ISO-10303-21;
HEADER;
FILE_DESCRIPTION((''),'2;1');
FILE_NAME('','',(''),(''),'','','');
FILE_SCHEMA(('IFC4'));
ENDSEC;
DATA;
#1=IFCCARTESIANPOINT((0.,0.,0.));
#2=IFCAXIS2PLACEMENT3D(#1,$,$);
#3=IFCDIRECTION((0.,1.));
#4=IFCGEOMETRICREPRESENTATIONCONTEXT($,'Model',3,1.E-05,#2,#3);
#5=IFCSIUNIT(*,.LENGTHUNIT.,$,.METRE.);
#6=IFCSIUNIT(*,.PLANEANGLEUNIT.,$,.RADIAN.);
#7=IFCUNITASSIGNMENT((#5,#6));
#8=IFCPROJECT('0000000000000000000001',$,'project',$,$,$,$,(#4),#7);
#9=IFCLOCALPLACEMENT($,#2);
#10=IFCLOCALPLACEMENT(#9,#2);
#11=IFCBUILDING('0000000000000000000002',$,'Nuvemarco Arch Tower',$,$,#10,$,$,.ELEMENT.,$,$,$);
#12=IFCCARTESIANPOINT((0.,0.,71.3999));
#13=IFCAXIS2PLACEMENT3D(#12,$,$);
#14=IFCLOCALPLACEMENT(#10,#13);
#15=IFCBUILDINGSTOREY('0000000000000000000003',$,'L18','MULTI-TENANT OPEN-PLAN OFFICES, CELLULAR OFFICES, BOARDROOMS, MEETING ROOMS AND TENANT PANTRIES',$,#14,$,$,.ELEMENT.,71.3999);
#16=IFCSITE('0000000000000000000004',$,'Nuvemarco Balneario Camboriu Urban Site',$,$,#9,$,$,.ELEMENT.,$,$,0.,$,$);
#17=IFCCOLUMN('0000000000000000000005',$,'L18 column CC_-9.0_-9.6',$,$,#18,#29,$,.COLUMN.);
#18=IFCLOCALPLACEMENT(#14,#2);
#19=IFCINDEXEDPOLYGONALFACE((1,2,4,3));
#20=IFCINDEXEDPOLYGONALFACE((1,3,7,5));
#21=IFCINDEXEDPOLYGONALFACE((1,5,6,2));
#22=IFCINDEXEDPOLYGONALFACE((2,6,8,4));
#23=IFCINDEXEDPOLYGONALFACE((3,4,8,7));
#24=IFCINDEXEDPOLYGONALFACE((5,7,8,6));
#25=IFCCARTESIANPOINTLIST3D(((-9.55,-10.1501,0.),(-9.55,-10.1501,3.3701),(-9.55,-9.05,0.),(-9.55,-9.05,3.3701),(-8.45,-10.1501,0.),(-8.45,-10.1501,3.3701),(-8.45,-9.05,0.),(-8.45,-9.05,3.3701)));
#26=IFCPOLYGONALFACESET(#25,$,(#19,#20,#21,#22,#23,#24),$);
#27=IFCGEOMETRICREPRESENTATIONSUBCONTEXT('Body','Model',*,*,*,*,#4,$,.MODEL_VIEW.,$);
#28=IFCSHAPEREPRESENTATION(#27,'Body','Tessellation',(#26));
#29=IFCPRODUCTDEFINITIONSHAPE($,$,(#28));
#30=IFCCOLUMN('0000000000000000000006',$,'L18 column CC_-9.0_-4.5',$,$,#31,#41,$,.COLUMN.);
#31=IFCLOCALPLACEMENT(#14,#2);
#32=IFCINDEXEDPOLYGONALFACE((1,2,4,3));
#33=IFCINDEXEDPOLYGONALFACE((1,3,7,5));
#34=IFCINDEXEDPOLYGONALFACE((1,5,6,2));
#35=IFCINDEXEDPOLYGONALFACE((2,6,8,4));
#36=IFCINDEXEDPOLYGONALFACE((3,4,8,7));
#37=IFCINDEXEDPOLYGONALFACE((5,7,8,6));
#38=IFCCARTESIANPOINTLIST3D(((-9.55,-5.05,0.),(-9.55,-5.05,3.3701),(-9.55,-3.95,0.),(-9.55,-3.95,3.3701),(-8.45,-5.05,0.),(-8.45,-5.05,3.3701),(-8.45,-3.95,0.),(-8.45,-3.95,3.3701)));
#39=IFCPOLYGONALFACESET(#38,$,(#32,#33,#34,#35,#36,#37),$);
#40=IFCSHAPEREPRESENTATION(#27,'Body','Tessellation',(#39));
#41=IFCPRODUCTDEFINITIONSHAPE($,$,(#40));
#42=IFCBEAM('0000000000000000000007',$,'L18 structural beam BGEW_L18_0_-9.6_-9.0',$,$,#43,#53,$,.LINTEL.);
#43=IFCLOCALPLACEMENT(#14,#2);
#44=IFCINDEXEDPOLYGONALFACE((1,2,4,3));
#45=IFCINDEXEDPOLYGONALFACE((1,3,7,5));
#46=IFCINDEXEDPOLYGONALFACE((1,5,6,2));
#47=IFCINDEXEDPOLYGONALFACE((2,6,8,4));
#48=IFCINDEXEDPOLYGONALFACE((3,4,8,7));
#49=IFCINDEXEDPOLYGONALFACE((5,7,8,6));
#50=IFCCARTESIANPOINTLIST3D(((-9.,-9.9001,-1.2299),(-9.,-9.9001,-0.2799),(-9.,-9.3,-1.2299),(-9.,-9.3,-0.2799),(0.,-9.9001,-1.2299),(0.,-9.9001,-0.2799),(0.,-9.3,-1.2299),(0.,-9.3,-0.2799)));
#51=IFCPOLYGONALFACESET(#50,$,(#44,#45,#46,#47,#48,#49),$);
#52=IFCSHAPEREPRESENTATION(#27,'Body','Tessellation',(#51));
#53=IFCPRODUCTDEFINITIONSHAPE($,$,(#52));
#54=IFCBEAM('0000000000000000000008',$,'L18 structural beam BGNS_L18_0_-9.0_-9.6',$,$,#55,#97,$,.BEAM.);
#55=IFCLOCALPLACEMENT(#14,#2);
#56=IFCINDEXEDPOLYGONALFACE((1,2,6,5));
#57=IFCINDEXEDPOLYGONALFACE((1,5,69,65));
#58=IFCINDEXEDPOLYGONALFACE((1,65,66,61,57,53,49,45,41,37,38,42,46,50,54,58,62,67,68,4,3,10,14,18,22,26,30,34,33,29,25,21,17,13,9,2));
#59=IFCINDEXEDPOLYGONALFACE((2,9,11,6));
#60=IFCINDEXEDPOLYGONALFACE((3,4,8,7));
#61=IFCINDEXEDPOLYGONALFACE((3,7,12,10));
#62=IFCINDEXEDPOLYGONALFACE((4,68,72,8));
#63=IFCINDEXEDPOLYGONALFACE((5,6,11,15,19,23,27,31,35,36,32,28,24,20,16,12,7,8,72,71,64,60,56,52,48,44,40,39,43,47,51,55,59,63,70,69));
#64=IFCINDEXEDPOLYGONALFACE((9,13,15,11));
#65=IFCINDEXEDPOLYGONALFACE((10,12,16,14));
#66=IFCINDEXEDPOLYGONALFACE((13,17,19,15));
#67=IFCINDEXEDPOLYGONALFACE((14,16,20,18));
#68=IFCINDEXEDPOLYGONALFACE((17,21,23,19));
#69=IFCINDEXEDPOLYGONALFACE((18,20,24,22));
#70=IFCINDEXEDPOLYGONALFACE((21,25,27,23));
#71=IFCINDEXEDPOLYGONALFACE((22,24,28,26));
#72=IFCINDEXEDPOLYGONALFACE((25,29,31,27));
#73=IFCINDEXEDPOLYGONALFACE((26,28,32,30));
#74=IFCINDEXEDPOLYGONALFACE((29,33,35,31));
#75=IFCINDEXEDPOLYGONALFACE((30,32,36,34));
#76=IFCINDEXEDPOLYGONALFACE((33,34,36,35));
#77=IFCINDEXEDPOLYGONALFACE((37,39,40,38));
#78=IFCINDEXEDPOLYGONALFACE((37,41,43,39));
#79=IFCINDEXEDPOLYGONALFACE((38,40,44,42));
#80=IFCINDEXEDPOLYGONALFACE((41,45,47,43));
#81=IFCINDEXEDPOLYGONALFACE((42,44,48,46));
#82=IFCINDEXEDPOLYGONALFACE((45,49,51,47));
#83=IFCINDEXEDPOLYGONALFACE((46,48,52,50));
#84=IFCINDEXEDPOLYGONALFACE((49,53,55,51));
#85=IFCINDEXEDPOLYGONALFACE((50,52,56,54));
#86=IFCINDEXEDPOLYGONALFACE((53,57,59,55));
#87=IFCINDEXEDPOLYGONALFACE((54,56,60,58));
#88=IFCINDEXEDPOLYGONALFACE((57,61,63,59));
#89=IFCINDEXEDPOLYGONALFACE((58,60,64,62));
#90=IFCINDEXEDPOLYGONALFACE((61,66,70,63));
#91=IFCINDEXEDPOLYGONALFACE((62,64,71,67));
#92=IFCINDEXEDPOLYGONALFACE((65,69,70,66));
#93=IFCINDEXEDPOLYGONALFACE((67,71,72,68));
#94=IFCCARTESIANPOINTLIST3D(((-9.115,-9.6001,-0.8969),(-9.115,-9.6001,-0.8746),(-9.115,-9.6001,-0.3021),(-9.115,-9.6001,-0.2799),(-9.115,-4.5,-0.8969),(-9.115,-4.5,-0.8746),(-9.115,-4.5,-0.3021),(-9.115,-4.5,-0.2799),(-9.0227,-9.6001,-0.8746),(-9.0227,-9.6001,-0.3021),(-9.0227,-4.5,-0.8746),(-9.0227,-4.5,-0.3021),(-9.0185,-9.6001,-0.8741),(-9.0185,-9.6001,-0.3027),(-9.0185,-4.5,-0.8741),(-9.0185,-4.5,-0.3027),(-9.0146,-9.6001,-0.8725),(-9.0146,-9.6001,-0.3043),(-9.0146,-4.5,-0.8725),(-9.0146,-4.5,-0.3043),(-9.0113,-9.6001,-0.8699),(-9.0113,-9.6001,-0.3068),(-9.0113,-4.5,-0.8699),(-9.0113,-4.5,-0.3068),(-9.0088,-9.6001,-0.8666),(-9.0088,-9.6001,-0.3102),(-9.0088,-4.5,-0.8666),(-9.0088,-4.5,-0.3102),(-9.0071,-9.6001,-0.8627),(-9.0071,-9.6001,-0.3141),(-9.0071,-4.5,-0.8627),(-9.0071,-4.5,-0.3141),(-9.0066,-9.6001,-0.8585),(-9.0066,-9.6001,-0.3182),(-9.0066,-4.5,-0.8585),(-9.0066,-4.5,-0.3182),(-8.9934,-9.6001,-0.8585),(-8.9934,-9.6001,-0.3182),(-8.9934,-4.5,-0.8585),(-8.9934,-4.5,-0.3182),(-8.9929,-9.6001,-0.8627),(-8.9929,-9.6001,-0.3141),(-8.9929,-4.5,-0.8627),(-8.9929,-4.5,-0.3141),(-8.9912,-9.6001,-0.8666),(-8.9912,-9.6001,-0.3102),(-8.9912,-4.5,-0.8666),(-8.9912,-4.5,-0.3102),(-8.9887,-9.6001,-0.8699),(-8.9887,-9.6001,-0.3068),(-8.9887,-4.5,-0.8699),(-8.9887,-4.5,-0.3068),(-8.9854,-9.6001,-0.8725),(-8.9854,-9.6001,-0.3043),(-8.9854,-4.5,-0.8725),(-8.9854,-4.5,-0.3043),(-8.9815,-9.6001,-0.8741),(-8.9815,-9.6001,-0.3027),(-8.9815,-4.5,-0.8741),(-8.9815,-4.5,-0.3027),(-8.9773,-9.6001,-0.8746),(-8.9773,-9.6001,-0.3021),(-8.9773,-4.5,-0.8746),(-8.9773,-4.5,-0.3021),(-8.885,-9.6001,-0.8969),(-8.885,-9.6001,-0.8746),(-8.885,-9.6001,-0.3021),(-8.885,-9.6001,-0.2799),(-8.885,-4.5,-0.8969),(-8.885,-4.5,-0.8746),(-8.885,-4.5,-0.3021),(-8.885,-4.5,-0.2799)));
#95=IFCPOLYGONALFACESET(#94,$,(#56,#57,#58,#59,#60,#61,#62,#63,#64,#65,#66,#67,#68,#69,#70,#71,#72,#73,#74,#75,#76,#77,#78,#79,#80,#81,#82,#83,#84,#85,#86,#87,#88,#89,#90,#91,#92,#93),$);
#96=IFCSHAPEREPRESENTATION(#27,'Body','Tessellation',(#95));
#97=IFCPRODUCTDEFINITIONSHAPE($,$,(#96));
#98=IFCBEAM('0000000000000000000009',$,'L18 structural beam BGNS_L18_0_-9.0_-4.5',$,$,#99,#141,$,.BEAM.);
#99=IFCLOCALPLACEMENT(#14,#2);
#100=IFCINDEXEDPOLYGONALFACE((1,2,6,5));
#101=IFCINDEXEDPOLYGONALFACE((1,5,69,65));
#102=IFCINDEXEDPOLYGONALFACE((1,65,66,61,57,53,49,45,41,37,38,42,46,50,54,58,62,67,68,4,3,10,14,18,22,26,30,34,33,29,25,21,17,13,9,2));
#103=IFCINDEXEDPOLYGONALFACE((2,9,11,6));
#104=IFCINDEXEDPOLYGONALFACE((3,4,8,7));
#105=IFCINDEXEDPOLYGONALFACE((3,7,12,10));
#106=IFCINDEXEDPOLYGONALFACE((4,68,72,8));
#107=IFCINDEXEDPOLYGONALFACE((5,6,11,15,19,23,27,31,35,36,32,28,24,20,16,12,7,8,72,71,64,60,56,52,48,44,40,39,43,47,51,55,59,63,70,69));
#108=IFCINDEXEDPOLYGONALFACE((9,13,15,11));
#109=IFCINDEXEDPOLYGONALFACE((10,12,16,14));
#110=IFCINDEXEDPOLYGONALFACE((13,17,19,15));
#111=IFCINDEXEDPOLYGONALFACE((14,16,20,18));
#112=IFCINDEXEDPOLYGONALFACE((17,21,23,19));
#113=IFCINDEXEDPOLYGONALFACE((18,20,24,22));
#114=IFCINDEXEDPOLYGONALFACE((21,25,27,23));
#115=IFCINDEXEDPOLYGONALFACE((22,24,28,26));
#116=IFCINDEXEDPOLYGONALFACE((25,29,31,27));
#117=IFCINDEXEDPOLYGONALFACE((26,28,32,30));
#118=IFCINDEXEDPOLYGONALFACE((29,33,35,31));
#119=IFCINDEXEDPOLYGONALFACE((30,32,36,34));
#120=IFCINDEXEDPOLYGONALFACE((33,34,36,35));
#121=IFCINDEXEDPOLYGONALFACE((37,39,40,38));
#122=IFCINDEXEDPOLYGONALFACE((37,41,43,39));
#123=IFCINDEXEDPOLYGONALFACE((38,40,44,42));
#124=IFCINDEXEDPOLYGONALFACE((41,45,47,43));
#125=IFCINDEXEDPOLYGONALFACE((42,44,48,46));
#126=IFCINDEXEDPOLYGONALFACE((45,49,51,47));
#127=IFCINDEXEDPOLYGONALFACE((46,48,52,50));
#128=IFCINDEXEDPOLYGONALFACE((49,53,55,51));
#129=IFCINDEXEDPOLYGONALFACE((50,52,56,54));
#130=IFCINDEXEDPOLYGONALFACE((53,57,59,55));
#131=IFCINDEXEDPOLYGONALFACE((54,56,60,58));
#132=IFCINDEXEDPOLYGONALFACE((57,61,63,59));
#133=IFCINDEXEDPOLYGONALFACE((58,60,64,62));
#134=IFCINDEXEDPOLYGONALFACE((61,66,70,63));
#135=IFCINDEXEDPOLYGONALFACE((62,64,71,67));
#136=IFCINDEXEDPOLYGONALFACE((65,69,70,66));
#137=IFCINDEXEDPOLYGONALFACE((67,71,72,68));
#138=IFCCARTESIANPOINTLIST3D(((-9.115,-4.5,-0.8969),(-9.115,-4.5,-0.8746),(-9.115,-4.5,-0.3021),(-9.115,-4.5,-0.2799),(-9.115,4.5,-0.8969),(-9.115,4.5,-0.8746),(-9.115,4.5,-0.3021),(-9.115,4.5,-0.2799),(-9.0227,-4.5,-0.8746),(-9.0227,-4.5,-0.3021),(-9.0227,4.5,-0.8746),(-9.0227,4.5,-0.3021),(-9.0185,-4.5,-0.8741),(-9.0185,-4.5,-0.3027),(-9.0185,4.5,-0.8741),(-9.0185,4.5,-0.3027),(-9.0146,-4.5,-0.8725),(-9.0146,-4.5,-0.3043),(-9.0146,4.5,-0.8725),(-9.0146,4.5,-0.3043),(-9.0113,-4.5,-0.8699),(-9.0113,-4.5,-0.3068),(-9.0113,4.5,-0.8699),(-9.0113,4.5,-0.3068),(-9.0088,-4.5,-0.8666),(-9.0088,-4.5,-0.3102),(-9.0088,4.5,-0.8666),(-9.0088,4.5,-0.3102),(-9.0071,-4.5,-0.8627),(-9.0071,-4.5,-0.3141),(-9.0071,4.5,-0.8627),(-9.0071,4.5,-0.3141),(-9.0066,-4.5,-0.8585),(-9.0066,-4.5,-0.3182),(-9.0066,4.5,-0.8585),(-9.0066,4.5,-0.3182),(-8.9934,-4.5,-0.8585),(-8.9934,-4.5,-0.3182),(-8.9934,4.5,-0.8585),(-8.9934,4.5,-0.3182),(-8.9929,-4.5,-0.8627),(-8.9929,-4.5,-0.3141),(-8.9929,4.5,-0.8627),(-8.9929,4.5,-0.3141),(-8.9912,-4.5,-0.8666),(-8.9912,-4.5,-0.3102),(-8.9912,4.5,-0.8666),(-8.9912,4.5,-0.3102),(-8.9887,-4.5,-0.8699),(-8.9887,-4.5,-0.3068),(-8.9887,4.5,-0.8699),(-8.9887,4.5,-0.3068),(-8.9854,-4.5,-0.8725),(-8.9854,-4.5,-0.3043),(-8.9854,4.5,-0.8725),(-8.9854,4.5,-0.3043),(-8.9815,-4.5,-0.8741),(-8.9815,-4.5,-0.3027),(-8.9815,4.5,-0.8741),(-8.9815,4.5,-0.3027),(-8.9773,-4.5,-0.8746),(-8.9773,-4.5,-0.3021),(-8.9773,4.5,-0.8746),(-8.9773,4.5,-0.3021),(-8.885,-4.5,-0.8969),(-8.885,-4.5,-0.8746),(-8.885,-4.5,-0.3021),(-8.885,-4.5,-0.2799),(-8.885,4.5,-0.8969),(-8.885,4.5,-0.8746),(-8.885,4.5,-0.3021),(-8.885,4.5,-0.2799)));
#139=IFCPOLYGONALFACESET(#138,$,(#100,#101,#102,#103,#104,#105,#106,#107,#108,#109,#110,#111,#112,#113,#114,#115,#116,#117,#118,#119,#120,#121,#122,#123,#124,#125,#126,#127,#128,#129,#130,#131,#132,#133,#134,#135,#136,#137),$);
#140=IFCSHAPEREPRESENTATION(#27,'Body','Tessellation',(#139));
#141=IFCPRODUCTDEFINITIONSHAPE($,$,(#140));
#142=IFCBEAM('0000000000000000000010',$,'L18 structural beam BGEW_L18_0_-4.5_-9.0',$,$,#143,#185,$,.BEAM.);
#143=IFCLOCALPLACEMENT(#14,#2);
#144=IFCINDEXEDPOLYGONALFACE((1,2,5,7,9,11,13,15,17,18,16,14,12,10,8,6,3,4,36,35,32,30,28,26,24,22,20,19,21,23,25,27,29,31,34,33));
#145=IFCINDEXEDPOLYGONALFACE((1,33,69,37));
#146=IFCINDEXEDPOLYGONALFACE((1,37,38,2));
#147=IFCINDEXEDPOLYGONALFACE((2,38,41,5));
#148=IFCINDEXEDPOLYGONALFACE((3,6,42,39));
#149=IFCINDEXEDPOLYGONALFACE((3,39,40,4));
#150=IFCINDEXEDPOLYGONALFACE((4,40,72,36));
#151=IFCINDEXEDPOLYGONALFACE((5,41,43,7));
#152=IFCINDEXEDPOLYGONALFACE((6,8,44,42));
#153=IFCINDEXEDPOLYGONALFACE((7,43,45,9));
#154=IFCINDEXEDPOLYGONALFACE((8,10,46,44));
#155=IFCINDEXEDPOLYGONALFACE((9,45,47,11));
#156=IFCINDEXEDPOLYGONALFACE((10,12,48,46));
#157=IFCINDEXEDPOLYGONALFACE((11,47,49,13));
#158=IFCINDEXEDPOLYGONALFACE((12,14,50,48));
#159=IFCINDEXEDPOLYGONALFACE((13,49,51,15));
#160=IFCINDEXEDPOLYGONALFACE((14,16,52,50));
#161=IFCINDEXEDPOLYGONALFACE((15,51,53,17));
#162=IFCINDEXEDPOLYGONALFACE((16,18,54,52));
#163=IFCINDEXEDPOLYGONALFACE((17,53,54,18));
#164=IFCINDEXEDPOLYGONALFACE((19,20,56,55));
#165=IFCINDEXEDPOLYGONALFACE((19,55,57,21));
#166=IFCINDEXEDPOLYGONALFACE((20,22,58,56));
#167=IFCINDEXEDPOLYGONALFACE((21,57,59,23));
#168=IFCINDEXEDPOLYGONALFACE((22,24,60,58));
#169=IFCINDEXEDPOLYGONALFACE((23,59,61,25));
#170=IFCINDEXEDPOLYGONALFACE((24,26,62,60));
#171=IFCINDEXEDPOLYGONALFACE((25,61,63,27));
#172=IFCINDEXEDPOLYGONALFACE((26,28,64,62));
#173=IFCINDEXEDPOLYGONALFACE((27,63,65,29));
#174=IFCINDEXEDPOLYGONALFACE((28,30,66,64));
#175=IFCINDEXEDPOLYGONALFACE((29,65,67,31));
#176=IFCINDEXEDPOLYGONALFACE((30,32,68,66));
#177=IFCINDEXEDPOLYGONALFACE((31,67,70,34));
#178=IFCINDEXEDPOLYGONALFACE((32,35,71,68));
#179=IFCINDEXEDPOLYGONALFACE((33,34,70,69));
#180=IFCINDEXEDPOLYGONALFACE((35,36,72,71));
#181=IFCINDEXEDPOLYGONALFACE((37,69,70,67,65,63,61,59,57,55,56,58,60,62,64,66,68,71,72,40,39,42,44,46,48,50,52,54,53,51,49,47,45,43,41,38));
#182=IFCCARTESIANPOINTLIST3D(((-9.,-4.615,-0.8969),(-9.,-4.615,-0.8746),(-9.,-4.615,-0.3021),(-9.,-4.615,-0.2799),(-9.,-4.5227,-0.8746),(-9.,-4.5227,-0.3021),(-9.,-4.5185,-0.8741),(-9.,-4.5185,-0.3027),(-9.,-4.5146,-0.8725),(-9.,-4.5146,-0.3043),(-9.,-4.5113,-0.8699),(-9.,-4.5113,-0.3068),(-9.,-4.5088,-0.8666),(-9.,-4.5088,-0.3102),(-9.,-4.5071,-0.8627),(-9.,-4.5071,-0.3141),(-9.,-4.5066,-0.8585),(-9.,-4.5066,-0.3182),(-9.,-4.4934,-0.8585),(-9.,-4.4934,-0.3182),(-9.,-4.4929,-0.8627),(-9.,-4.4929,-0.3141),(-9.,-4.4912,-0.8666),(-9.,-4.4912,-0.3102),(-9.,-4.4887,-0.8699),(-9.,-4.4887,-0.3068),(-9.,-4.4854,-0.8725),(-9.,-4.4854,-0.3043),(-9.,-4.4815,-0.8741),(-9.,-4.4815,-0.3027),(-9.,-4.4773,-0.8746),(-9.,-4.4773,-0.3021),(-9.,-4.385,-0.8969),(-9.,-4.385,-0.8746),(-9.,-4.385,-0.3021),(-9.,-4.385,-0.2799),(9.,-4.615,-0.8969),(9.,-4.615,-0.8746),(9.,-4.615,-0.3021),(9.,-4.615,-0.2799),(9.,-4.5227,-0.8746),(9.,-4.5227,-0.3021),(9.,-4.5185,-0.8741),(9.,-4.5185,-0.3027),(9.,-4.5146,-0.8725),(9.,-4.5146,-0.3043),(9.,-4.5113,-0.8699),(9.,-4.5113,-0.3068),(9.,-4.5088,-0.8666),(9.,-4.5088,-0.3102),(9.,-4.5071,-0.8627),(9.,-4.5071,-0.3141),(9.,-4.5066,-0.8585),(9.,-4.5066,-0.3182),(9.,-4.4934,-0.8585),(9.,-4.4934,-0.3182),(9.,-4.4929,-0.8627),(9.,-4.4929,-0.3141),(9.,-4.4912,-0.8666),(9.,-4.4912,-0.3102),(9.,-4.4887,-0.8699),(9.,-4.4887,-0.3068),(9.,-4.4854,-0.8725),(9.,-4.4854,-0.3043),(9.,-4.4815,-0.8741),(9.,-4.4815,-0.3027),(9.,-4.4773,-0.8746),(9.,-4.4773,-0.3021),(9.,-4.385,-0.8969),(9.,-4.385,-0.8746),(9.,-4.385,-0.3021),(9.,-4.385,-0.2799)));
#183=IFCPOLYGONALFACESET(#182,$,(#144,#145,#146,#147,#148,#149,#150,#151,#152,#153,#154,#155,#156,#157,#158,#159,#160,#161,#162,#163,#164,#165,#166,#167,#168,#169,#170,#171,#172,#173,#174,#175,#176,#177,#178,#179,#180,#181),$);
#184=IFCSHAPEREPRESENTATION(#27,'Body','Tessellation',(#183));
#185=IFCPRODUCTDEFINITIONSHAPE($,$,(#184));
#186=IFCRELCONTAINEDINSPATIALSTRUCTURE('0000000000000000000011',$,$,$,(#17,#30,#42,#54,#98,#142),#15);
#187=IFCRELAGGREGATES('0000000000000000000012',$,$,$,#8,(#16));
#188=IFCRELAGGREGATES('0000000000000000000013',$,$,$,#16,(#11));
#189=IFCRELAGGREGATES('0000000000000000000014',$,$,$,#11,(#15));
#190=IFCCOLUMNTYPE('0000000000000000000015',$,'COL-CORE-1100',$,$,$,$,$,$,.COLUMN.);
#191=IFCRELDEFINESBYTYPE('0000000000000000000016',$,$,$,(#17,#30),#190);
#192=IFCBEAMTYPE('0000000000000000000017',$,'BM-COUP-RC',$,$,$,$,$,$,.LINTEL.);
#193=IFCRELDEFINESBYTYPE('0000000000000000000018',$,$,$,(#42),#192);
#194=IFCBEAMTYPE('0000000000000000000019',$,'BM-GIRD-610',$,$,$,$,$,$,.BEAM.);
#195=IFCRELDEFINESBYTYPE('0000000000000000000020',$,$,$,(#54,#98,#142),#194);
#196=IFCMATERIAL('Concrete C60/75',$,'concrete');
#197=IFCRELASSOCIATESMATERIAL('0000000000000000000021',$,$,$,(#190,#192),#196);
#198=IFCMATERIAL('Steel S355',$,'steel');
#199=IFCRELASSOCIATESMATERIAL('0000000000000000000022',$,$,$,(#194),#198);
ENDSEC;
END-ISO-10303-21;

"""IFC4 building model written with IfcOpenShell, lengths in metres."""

from ifc_helpers import new_model, si_unit, direction, frame, origin, origin_2d, place, context, subcontext, project, spatial, rectangle, i_section, extrude, material, material_profile, profile_set, type_object, element, save


model = new_model("IFC4")

# Units and contexts
model_context = context("Model", 3, precision=1e-05, world=origin(), true_north=direction((0.0, 1.0)))
body_context = subcontext(model_context, "Body", "Model", "MODEL_VIEW")
ifc_project = project(units=[si_unit("LENGTHUNIT", "METRE"), si_unit("PLANEANGLEUNIT", "RADIAN")], contexts=[model_context])

# Site, building, storey
site_placement = place(None, origin())
site = spatial("IfcSite", under=ifc_project, at=site_placement, Name="Nuvemarco Balneario Camboriu Urban Site", CompositionType="ELEMENT", RefElevation=0.0)
building_placement = place(site_placement, origin())
building = spatial("IfcBuilding", under=site, at=building_placement, Name="Nuvemarco Arch Tower", CompositionType="ELEMENT")
storey_placement = place(building_placement, frame((0.0, 0.0, 71.3999)))
storey = spatial("IfcBuildingStorey", under=building, at=storey_placement, Name="L18", Description="MULTI-TENANT OPEN-PLAN OFFICES, CELLULAR OFFICES, BOARDROOMS, MEETING ROOMS AND TENANT PANTRIES", CompositionType="ELEMENT", Elevation=71.3999)

# Columns
ifc_material_1 = material(Name="Concrete C60/75", Category="concrete")
ifc_material_profile_1 = material_profile(ifc_material_1, rectangle(XDim=1.1001, YDim=1.1001, at=origin_2d()), Name="RC-COL-1100x1100")
ifc_profile_set_1 = profile_set([ifc_material_profile_1], Name="Concrete C60/75")
column_type = type_object("IfcColumnType", Name="COL-CORE-1100", PredefinedType="COLUMN", material=ifc_profile_set_1)
for number, where, z_axis, x_axis, name in (
    (1, (-9.0, -9.6001, 0.0), (0.0, 0.0, 1.0), (1.0, 0.0, 0.0), "L18 column CC_-9.0_-9.6"),
    (2, (-9.0, -4.5, 0.0), (0.0, 0.0, 1.0), (1.0, 0.0, 0.0), "L18 column CC_-9.0_-4.5"),
):
    element("IfcColumn", number, at=place(storey_placement, frame(where, z_axis=z_axis, x_axis=x_axis)), inside=storey, type_object=column_type, Name=name, PredefinedType="COLUMN", context=body_context, shape_type="SweptSolid", body=[
        extrude(rectangle(XDim=1.1001, YDim=1.1001, at=origin_2d()), origin(), (0.0, 0.0, 1.0), 3.3701),
    ])

# Beams
ifc_material_profile_2 = material_profile(ifc_material_1, rectangle(XDim=0.6001, YDim=0.95, at=origin_2d()), Name="RC-BM-600x950")
ifc_profile_set_2 = profile_set([ifc_material_profile_2], Name="Concrete C60/75")
beam_type_1 = type_object("IfcBeamType", Name="BM-COUP-RC", PredefinedType="LINTEL", material=ifc_profile_set_2)
beam_1_placement = place(storey_placement, frame((-9.0, -9.6001, -0.7549), z_axis=(1.0, 0.0, 0.0), x_axis=(0.0, 1.0, 0.0)))
element("IfcBeam", 3, at=beam_1_placement, inside=storey, type_object=beam_type_1, Name="L18 structural beam BGEW_L18_0_-9.6_-9.0", PredefinedType="LINTEL", context=body_context, shape_type="SweptSolid", body=[
    extrude(rectangle(XDim=0.6001, YDim=0.95, at=origin_2d()), origin(), (0.0, 0.0, 1.0), 9.0),
])
ifc_material_2 = material(Name="Steel S355", Category="steel")
ifc_material_profile_3 = material_profile(ifc_material_2, i_section(OverallWidth=0.23, OverallDepth=0.6169, WebThickness=0.0132, FlangeThickness=0.0222, FilletRadius=0.0161, at=origin_2d()), Name="W610x140")
ifc_profile_set_3 = profile_set([ifc_material_profile_3], Name="Steel S355")
beam_type_2 = type_object("IfcBeamType", Name="BM-GIRD-610", PredefinedType="BEAM", material=ifc_profile_set_3)
beam_2_placement = place(storey_placement, frame((-9.0, -9.6001, -0.5884), z_axis=(0.0, 1.0, 0.0), x_axis=(-1.0, 0.0, 0.0)))
element("IfcBeam", 4, at=beam_2_placement, inside=storey, type_object=beam_type_2, Name="L18 structural beam BGNS_L18_0_-9.0_-9.6", PredefinedType="BEAM", context=body_context, shape_type="SweptSolid", body=[
    extrude(i_section(OverallWidth=0.23, OverallDepth=0.6169, WebThickness=0.0132, FlangeThickness=0.0222, FilletRadius=0.0161, at=origin_2d()), origin(), (0.0, 0.0, 1.0), 5.1001),
])
beam_3_placement = place(storey_placement, frame((-9.0, -4.5, -0.5884), z_axis=(0.0, 1.0, 0.0), x_axis=(-1.0, 0.0, 0.0)))
element("IfcBeam", 5, at=beam_3_placement, inside=storey, type_object=beam_type_2, Name="L18 structural beam BGNS_L18_0_-9.0_-4.5", PredefinedType="BEAM", context=body_context, shape_type="SweptSolid", body=[
    extrude(i_section(OverallWidth=0.23, OverallDepth=0.6169, WebThickness=0.0132, FlangeThickness=0.0222, FilletRadius=0.0161, at=origin_2d()), origin(), (0.0, 0.0, 1.0), 9.0),
])
beam_4_placement = place(storey_placement, frame((-9.0, -4.5, -0.5884), z_axis=(1.0, 0.0, 0.0), x_axis=(0.0, 1.0, 0.0)))
element("IfcBeam", 6, at=beam_4_placement, inside=storey, type_object=beam_type_2, Name="L18 structural beam BGEW_L18_0_-4.5_-9.0", PredefinedType="BEAM", context=body_context, shape_type="SweptSolid", body=[
    extrude(i_section(OverallWidth=0.23, OverallDepth=0.6169, WebThickness=0.0132, FlangeThickness=0.0222, FilletRadius=0.0161, at=origin_2d()), origin(), (0.0, 0.0, 1.0), 18.0),
])

save(model, "model.ifc")
